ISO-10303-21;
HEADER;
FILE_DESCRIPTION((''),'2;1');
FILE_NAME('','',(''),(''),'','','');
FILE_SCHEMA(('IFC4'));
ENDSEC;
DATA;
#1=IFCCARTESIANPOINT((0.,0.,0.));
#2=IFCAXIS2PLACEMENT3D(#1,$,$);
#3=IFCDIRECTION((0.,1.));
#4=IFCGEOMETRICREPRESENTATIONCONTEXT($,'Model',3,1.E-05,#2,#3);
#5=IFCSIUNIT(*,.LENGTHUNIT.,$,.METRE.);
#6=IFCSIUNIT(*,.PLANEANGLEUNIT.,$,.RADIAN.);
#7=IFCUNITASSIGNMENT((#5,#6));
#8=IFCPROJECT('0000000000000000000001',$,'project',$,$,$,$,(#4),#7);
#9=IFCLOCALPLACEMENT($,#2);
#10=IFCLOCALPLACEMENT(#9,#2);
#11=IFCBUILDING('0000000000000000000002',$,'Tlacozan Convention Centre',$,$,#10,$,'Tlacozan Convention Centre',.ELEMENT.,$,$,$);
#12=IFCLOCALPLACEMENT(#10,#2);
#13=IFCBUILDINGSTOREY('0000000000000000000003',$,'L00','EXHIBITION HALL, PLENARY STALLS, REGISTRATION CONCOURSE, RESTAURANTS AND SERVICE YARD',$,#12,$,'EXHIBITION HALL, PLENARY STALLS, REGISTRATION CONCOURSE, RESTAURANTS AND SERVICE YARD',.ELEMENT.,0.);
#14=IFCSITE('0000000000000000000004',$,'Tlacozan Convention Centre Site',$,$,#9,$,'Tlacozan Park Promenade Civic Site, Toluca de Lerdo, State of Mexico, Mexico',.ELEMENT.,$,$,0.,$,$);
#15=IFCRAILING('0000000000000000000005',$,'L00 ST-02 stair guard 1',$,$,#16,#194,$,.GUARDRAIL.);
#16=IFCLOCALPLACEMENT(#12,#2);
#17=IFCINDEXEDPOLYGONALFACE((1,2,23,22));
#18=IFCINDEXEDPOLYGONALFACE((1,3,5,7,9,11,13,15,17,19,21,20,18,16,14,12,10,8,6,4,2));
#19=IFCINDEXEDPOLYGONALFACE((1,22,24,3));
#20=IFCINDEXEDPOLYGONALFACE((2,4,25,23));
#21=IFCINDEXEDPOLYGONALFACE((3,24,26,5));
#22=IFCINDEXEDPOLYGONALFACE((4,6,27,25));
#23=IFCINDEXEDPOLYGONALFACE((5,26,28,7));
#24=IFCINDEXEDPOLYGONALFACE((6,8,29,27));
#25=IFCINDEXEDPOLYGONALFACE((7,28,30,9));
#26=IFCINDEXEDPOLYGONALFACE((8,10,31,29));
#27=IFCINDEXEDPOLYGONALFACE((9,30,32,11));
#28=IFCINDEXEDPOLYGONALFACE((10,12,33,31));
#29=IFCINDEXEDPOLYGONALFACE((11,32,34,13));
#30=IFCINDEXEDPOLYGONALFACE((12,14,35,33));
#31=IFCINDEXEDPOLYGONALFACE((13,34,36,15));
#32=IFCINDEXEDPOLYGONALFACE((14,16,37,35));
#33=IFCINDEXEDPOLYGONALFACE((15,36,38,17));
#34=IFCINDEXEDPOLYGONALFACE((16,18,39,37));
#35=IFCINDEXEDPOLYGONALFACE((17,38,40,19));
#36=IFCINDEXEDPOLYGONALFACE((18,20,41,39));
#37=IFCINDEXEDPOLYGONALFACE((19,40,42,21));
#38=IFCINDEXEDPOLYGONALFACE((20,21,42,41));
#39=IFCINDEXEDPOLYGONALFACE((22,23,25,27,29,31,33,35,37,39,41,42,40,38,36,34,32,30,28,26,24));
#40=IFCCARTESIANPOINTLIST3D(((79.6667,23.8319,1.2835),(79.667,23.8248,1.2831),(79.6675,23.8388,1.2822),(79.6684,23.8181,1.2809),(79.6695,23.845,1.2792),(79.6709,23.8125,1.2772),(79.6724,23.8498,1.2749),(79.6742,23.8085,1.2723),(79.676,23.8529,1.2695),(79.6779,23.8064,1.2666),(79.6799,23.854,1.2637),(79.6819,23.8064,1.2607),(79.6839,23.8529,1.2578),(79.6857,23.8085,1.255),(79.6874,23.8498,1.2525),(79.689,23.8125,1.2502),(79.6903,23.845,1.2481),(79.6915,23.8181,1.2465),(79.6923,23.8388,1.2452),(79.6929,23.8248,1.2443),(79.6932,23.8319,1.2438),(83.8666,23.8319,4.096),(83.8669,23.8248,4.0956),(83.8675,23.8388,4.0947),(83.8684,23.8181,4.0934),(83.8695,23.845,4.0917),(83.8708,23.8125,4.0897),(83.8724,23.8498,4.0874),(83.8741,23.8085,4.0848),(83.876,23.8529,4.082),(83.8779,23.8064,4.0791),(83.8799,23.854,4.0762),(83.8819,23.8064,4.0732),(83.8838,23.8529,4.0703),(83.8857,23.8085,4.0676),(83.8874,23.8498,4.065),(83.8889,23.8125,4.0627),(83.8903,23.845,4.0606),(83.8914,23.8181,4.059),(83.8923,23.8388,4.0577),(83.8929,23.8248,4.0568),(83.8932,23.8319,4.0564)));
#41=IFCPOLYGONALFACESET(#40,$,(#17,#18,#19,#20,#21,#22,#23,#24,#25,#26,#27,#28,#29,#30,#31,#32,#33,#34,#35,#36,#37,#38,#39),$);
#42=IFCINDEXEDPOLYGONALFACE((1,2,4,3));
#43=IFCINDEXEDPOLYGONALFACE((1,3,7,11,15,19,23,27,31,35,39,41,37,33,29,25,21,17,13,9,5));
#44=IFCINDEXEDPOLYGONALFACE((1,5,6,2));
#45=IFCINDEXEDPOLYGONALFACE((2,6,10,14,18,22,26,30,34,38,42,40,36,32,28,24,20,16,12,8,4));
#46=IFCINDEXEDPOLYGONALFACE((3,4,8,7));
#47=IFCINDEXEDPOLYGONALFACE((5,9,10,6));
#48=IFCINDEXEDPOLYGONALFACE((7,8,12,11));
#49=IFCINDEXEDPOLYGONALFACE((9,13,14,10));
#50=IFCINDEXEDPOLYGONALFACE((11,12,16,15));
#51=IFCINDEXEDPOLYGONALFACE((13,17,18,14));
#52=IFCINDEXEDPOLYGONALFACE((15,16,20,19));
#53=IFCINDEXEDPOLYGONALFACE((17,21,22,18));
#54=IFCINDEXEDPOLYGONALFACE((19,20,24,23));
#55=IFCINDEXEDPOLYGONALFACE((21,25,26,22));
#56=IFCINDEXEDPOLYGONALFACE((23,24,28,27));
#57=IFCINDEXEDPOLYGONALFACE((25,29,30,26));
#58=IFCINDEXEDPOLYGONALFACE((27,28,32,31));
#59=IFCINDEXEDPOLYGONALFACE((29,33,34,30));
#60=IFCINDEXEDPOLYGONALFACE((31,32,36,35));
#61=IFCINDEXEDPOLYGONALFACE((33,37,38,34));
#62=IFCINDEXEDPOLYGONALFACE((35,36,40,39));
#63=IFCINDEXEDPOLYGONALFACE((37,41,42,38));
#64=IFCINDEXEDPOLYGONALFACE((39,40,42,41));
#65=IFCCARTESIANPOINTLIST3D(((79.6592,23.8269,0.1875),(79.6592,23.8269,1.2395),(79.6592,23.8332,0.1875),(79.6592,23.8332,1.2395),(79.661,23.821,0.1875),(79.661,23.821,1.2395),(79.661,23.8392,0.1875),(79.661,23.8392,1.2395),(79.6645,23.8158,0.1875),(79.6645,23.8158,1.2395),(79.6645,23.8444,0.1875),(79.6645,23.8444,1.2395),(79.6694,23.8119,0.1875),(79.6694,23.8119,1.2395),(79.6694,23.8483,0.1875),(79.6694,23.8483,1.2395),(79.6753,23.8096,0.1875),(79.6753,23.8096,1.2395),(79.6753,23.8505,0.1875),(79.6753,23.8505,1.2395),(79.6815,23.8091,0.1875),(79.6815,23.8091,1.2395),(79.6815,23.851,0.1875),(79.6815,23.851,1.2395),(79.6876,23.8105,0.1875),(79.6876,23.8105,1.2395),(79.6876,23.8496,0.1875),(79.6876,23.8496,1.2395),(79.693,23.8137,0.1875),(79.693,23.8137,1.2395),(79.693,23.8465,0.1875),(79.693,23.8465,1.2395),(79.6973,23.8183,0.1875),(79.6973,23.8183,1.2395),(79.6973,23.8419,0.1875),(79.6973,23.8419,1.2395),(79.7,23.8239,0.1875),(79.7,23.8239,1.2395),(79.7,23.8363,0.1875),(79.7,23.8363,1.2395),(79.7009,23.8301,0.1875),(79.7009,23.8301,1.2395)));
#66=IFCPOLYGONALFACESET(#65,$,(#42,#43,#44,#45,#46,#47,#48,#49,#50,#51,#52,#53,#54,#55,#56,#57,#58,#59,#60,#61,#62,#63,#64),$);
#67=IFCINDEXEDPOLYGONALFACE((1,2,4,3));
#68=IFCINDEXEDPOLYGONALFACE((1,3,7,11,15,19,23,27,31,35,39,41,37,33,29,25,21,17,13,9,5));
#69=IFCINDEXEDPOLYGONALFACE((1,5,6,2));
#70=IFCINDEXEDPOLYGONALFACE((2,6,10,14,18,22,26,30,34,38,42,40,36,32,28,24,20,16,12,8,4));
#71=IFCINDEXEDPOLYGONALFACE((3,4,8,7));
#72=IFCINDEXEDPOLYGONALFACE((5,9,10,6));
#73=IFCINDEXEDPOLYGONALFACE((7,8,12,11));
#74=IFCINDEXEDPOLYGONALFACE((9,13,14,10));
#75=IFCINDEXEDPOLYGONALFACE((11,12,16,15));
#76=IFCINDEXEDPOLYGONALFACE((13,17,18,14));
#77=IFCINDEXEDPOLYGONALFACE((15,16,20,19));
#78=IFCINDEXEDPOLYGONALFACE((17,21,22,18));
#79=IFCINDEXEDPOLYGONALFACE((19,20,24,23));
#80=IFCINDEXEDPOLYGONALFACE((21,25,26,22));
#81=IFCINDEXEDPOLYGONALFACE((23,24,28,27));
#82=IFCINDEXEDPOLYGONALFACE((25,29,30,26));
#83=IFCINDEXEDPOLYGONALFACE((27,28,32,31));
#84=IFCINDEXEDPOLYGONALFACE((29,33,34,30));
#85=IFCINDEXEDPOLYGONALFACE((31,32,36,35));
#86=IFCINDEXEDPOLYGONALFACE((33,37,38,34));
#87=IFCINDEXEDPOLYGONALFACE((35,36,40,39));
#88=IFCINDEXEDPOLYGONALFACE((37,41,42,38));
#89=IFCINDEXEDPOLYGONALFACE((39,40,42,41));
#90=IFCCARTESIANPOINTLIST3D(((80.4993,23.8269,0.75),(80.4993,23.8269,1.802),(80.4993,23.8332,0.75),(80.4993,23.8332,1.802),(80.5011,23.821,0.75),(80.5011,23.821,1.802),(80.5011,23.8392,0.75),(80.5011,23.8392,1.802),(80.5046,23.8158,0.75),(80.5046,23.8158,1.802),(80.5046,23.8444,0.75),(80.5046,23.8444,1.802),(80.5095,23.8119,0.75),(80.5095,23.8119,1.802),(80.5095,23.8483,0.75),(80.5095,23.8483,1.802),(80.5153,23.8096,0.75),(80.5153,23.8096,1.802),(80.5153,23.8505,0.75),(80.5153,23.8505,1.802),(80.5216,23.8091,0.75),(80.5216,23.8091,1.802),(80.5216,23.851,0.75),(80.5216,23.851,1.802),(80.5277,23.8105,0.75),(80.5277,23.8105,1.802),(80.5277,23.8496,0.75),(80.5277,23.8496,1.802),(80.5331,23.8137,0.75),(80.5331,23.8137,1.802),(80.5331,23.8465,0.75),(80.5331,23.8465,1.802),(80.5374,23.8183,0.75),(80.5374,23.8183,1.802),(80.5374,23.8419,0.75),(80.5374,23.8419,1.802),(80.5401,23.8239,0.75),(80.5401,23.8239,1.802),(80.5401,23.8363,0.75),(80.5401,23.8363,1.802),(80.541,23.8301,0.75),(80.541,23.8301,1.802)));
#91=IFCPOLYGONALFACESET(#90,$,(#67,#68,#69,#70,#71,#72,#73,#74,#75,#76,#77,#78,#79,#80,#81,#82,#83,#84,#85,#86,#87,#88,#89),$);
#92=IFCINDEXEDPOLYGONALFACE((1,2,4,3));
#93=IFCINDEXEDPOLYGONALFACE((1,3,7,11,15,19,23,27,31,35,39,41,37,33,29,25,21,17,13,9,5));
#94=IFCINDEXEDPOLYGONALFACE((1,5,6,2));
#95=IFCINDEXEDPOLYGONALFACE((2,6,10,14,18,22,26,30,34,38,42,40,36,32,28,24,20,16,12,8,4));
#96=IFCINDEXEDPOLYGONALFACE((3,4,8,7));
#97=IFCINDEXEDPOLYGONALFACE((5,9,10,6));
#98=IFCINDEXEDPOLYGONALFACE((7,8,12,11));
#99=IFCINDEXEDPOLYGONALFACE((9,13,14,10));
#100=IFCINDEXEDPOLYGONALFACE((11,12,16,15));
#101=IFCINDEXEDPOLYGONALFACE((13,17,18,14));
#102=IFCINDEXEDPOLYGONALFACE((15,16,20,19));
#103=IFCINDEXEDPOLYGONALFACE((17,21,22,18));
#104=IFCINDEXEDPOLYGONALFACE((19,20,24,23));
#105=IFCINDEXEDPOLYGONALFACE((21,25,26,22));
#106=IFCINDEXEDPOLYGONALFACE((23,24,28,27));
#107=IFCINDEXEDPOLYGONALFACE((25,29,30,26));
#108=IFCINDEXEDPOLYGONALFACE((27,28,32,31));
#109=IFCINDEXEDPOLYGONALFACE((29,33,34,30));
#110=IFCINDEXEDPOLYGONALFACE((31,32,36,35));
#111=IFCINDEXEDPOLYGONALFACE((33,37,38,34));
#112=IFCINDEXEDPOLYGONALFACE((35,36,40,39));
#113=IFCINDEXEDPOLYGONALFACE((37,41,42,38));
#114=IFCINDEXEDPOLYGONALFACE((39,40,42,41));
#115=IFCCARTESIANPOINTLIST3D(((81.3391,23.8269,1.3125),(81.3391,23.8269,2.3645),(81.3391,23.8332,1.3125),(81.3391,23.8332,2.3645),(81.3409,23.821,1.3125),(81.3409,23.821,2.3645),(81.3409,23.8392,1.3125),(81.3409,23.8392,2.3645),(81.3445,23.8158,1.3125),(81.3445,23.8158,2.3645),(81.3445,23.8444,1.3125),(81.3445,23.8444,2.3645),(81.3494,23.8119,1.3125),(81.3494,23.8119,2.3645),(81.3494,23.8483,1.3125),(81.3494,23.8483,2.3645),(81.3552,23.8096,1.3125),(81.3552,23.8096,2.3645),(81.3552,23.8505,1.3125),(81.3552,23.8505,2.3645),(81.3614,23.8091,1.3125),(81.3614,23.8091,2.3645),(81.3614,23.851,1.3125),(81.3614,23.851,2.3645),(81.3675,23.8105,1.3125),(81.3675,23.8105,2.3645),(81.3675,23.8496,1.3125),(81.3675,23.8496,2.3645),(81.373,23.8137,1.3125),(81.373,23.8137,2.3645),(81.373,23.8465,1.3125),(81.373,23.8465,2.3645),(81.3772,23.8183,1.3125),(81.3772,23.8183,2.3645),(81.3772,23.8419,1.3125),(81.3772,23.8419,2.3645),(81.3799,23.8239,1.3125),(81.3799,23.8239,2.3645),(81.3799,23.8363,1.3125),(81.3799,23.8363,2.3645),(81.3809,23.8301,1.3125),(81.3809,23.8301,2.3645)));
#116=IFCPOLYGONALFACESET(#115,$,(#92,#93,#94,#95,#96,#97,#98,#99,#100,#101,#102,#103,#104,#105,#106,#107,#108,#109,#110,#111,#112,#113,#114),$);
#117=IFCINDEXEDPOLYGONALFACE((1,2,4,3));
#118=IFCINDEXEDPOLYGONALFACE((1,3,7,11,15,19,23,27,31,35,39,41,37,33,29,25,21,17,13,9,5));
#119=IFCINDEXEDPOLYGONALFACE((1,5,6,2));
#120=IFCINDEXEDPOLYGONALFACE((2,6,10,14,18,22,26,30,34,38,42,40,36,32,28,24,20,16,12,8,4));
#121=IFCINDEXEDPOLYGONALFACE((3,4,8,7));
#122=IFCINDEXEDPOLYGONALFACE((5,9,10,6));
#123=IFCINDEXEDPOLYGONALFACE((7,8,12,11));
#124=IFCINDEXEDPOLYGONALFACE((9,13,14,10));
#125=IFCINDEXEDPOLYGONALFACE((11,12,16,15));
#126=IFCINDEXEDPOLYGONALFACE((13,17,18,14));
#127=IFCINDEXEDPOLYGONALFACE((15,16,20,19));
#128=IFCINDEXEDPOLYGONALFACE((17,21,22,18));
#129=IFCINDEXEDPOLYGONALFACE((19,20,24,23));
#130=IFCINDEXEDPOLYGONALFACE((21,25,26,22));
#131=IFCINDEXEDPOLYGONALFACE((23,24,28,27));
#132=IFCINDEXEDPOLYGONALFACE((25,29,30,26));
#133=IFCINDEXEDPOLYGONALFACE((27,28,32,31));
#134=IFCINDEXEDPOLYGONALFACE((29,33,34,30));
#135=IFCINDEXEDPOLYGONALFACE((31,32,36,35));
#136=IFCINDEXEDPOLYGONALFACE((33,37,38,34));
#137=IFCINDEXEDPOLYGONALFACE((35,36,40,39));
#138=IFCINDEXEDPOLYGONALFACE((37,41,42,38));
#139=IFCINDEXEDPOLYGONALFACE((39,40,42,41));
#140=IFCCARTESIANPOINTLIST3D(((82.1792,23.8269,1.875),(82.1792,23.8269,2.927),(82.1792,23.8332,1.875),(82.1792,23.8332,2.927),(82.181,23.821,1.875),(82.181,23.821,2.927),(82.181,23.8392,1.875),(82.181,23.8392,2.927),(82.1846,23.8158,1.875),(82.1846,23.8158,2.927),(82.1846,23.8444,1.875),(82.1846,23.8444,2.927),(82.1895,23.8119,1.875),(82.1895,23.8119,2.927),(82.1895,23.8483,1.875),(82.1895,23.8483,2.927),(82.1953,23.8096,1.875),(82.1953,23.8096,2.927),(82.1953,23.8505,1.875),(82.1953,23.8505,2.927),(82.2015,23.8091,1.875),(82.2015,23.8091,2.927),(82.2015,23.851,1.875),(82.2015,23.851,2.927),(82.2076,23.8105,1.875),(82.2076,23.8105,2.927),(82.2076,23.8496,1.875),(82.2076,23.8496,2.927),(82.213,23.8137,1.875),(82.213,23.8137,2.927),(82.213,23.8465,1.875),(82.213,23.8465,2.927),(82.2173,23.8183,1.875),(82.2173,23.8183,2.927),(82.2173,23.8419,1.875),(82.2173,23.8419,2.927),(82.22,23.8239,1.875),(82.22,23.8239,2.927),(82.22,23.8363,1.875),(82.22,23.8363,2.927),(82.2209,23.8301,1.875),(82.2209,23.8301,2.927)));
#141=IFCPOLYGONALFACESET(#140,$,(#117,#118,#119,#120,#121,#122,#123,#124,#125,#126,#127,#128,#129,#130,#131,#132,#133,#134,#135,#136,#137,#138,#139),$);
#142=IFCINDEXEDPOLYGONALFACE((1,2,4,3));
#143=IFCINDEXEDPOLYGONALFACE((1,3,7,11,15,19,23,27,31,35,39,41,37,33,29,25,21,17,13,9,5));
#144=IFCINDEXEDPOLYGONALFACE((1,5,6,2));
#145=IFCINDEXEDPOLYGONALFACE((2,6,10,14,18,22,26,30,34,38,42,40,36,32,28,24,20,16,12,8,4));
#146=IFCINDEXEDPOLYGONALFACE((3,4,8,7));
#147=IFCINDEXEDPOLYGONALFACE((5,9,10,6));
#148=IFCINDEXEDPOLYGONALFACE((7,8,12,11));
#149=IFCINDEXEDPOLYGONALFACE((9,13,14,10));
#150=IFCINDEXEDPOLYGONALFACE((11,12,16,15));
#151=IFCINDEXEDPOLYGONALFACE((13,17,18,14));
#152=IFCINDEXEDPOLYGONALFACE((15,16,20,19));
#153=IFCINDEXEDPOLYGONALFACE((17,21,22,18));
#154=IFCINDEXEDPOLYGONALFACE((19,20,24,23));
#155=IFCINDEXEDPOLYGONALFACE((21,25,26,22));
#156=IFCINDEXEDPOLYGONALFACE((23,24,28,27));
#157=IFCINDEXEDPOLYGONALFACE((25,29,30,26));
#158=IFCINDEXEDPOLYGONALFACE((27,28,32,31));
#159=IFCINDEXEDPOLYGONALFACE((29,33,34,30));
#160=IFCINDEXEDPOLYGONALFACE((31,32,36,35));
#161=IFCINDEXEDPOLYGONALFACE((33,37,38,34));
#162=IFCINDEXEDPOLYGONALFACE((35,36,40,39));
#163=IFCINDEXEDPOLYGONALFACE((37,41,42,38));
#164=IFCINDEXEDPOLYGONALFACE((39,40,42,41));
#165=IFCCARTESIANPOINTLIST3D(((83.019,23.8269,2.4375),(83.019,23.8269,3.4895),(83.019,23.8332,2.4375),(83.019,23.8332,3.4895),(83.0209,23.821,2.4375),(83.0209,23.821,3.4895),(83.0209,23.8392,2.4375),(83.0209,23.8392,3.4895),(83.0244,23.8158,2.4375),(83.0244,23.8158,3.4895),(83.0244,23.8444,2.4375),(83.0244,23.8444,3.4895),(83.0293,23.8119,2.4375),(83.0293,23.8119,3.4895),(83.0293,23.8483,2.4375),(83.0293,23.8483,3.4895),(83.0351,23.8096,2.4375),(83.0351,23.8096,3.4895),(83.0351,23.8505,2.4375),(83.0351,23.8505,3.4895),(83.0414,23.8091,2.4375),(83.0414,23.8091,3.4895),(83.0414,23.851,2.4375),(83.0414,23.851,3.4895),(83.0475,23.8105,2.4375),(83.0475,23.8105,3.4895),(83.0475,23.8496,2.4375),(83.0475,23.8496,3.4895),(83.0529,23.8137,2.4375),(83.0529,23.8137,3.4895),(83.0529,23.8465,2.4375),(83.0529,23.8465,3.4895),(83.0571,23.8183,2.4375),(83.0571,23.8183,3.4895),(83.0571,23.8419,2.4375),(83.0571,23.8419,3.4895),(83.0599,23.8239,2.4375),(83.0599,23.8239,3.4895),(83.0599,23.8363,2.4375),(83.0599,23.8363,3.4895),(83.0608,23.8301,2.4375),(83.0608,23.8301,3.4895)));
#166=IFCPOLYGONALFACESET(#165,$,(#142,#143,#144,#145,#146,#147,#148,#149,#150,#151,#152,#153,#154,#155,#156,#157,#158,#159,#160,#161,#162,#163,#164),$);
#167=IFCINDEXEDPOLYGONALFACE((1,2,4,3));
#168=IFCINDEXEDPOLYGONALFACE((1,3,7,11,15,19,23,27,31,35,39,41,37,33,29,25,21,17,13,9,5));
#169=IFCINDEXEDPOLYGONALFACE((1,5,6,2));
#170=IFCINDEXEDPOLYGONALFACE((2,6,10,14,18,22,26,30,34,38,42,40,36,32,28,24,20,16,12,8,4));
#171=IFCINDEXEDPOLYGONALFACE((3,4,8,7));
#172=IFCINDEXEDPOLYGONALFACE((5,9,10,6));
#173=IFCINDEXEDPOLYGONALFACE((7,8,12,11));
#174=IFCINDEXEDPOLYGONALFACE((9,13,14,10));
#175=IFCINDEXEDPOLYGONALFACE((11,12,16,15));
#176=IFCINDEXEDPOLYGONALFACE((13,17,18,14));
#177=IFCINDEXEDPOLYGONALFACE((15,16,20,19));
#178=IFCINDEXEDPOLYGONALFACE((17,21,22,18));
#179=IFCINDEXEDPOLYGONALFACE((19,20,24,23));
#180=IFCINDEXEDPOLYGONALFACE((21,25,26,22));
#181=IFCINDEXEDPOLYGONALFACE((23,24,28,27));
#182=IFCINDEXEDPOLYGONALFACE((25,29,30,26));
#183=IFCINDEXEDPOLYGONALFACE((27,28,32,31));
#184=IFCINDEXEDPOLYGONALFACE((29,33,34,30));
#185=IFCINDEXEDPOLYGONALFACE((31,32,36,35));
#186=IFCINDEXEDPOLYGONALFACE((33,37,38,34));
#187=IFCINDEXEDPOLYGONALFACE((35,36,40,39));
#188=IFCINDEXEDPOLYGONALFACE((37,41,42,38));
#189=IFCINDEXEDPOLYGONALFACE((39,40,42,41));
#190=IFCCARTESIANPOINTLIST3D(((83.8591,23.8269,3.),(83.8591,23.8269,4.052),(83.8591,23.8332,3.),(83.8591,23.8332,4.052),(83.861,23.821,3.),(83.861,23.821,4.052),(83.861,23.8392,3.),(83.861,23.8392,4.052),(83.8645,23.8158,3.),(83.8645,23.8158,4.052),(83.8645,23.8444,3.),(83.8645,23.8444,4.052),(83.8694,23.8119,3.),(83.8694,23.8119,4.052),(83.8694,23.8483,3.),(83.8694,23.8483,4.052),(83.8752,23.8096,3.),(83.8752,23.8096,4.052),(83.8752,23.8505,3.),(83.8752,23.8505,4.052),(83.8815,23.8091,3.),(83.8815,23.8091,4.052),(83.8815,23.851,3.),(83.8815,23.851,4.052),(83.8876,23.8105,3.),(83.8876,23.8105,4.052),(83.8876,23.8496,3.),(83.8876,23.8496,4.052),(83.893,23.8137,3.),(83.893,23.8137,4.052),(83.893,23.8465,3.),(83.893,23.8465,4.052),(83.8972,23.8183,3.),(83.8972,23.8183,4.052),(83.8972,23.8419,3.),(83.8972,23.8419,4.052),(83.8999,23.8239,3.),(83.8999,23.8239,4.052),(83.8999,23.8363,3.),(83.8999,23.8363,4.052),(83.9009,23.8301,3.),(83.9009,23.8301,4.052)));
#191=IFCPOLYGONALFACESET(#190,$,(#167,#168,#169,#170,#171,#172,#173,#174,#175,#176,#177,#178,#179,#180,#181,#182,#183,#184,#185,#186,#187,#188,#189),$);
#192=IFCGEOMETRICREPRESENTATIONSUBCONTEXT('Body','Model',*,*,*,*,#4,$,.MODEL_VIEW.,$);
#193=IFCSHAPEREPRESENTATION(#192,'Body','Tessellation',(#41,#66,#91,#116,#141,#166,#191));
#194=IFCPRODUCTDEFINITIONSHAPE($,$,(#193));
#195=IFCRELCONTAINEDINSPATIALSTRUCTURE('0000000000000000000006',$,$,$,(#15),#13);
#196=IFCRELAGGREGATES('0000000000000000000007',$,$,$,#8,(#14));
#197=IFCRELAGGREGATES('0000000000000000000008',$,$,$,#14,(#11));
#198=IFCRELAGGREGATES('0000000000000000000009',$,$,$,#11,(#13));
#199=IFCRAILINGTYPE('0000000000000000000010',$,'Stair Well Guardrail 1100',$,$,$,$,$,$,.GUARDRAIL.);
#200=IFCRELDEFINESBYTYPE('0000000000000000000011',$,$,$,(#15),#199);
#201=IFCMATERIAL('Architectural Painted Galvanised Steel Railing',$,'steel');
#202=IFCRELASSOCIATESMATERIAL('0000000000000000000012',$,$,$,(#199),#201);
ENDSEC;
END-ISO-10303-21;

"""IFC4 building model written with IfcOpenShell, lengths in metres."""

from ifc_helpers import new_model, si_unit, direction, frame, origin, origin_2d, place, context, subcontext, project, spatial, circle, extrude, material, type_object, element, save


model = new_model("IFC4")

# Units and contexts
model_context = context("Model", 3, precision=1e-05, world=origin(), true_north=direction((0.0, 1.0)))
body_context = subcontext(model_context, "Body", "Model", "MODEL_VIEW")
ifc_project = project(units=[si_unit("LENGTHUNIT", "METRE"), si_unit("PLANEANGLEUNIT", "RADIAN")], contexts=[model_context])

# Site, building, storey
site_placement = place(None, origin())
site = spatial("IfcSite", under=ifc_project, at=site_placement, Name="Tlacozan Convention Centre Site", LongName="Tlacozan Park Promenade Civic Site, Toluca de Lerdo, State of Mexico, Mexico", CompositionType="ELEMENT", RefElevation=0.0)
building_placement = place(site_placement, origin())
building = spatial("IfcBuilding", under=site, at=building_placement, Name="Tlacozan Convention Centre", LongName="Tlacozan Convention Centre", CompositionType="ELEMENT")
storey_placement = place(building_placement, origin())
storey = spatial("IfcBuildingStorey", under=building, at=storey_placement, Name="L00", Description="EXHIBITION HALL, PLENARY STALLS, REGISTRATION CONCOURSE, RESTAURANTS AND SERVICE YARD", LongName="EXHIBITION HALL, PLENARY STALLS, REGISTRATION CONCOURSE, RESTAURANTS AND SERVICE YARD", CompositionType="ELEMENT", Elevation=0.0)

# Railing
ifc_material_1 = material(Name="Architectural Painted Galvanised Steel Railing", Category="steel")
railing_type_1 = type_object("IfcRailingType", Name="Stair Well Guardrail 1100", PredefinedType="GUARDRAIL", material=ifc_material_1)
railing_1_placement = place(storey_placement, frame((79.6799, 23.8301, 0.1875)))
element("IfcRailing", 1, at=railing_1_placement, inside=storey, type_object=railing_type_1, Name="L00 ST-02 stair guard 1", PredefinedType="GUARDRAIL", context=body_context, shape_type="SweptSolid", body=[
    extrude(circle(Radius=0.0239, at=origin_2d()), frame((0.0, 0.0, 1.0762), z_axis=(0.830904, 0.0, 0.556416), x_axis=(0.0, 1.0, 0.0)), (0.0, 0.0, 1.0), 5.0547),
    extrude(circle(Radius=0.021, at=origin_2d()), origin(), (0.0, 0.0, 1.0), 1.052),
    extrude(circle(Radius=0.021, at=origin_2d()), frame((0.8401, 0.0, 0.5625)), (0.0, 0.0, 1.0), 1.052),
    extrude(circle(Radius=0.021, at=origin_2d()), frame((1.6799, 0.0, 1.125)), (0.0, 0.0, 1.0), 1.052),
    extrude(circle(Radius=0.021, at=origin_2d()), frame((2.52, 0.0, 1.6875)), (0.0, 0.0, 1.0), 1.052),
    extrude(circle(Radius=0.021, at=origin_2d()), frame((3.3599, 0.0, 2.25)), (0.0, 0.0, 1.0), 1.052),
    extrude(circle(Radius=0.021, at=origin_2d()), frame((4.2, 0.0, 2.8125)), (0.0, 0.0, 1.0), 1.052),
])

save(model, "model.ifc")
